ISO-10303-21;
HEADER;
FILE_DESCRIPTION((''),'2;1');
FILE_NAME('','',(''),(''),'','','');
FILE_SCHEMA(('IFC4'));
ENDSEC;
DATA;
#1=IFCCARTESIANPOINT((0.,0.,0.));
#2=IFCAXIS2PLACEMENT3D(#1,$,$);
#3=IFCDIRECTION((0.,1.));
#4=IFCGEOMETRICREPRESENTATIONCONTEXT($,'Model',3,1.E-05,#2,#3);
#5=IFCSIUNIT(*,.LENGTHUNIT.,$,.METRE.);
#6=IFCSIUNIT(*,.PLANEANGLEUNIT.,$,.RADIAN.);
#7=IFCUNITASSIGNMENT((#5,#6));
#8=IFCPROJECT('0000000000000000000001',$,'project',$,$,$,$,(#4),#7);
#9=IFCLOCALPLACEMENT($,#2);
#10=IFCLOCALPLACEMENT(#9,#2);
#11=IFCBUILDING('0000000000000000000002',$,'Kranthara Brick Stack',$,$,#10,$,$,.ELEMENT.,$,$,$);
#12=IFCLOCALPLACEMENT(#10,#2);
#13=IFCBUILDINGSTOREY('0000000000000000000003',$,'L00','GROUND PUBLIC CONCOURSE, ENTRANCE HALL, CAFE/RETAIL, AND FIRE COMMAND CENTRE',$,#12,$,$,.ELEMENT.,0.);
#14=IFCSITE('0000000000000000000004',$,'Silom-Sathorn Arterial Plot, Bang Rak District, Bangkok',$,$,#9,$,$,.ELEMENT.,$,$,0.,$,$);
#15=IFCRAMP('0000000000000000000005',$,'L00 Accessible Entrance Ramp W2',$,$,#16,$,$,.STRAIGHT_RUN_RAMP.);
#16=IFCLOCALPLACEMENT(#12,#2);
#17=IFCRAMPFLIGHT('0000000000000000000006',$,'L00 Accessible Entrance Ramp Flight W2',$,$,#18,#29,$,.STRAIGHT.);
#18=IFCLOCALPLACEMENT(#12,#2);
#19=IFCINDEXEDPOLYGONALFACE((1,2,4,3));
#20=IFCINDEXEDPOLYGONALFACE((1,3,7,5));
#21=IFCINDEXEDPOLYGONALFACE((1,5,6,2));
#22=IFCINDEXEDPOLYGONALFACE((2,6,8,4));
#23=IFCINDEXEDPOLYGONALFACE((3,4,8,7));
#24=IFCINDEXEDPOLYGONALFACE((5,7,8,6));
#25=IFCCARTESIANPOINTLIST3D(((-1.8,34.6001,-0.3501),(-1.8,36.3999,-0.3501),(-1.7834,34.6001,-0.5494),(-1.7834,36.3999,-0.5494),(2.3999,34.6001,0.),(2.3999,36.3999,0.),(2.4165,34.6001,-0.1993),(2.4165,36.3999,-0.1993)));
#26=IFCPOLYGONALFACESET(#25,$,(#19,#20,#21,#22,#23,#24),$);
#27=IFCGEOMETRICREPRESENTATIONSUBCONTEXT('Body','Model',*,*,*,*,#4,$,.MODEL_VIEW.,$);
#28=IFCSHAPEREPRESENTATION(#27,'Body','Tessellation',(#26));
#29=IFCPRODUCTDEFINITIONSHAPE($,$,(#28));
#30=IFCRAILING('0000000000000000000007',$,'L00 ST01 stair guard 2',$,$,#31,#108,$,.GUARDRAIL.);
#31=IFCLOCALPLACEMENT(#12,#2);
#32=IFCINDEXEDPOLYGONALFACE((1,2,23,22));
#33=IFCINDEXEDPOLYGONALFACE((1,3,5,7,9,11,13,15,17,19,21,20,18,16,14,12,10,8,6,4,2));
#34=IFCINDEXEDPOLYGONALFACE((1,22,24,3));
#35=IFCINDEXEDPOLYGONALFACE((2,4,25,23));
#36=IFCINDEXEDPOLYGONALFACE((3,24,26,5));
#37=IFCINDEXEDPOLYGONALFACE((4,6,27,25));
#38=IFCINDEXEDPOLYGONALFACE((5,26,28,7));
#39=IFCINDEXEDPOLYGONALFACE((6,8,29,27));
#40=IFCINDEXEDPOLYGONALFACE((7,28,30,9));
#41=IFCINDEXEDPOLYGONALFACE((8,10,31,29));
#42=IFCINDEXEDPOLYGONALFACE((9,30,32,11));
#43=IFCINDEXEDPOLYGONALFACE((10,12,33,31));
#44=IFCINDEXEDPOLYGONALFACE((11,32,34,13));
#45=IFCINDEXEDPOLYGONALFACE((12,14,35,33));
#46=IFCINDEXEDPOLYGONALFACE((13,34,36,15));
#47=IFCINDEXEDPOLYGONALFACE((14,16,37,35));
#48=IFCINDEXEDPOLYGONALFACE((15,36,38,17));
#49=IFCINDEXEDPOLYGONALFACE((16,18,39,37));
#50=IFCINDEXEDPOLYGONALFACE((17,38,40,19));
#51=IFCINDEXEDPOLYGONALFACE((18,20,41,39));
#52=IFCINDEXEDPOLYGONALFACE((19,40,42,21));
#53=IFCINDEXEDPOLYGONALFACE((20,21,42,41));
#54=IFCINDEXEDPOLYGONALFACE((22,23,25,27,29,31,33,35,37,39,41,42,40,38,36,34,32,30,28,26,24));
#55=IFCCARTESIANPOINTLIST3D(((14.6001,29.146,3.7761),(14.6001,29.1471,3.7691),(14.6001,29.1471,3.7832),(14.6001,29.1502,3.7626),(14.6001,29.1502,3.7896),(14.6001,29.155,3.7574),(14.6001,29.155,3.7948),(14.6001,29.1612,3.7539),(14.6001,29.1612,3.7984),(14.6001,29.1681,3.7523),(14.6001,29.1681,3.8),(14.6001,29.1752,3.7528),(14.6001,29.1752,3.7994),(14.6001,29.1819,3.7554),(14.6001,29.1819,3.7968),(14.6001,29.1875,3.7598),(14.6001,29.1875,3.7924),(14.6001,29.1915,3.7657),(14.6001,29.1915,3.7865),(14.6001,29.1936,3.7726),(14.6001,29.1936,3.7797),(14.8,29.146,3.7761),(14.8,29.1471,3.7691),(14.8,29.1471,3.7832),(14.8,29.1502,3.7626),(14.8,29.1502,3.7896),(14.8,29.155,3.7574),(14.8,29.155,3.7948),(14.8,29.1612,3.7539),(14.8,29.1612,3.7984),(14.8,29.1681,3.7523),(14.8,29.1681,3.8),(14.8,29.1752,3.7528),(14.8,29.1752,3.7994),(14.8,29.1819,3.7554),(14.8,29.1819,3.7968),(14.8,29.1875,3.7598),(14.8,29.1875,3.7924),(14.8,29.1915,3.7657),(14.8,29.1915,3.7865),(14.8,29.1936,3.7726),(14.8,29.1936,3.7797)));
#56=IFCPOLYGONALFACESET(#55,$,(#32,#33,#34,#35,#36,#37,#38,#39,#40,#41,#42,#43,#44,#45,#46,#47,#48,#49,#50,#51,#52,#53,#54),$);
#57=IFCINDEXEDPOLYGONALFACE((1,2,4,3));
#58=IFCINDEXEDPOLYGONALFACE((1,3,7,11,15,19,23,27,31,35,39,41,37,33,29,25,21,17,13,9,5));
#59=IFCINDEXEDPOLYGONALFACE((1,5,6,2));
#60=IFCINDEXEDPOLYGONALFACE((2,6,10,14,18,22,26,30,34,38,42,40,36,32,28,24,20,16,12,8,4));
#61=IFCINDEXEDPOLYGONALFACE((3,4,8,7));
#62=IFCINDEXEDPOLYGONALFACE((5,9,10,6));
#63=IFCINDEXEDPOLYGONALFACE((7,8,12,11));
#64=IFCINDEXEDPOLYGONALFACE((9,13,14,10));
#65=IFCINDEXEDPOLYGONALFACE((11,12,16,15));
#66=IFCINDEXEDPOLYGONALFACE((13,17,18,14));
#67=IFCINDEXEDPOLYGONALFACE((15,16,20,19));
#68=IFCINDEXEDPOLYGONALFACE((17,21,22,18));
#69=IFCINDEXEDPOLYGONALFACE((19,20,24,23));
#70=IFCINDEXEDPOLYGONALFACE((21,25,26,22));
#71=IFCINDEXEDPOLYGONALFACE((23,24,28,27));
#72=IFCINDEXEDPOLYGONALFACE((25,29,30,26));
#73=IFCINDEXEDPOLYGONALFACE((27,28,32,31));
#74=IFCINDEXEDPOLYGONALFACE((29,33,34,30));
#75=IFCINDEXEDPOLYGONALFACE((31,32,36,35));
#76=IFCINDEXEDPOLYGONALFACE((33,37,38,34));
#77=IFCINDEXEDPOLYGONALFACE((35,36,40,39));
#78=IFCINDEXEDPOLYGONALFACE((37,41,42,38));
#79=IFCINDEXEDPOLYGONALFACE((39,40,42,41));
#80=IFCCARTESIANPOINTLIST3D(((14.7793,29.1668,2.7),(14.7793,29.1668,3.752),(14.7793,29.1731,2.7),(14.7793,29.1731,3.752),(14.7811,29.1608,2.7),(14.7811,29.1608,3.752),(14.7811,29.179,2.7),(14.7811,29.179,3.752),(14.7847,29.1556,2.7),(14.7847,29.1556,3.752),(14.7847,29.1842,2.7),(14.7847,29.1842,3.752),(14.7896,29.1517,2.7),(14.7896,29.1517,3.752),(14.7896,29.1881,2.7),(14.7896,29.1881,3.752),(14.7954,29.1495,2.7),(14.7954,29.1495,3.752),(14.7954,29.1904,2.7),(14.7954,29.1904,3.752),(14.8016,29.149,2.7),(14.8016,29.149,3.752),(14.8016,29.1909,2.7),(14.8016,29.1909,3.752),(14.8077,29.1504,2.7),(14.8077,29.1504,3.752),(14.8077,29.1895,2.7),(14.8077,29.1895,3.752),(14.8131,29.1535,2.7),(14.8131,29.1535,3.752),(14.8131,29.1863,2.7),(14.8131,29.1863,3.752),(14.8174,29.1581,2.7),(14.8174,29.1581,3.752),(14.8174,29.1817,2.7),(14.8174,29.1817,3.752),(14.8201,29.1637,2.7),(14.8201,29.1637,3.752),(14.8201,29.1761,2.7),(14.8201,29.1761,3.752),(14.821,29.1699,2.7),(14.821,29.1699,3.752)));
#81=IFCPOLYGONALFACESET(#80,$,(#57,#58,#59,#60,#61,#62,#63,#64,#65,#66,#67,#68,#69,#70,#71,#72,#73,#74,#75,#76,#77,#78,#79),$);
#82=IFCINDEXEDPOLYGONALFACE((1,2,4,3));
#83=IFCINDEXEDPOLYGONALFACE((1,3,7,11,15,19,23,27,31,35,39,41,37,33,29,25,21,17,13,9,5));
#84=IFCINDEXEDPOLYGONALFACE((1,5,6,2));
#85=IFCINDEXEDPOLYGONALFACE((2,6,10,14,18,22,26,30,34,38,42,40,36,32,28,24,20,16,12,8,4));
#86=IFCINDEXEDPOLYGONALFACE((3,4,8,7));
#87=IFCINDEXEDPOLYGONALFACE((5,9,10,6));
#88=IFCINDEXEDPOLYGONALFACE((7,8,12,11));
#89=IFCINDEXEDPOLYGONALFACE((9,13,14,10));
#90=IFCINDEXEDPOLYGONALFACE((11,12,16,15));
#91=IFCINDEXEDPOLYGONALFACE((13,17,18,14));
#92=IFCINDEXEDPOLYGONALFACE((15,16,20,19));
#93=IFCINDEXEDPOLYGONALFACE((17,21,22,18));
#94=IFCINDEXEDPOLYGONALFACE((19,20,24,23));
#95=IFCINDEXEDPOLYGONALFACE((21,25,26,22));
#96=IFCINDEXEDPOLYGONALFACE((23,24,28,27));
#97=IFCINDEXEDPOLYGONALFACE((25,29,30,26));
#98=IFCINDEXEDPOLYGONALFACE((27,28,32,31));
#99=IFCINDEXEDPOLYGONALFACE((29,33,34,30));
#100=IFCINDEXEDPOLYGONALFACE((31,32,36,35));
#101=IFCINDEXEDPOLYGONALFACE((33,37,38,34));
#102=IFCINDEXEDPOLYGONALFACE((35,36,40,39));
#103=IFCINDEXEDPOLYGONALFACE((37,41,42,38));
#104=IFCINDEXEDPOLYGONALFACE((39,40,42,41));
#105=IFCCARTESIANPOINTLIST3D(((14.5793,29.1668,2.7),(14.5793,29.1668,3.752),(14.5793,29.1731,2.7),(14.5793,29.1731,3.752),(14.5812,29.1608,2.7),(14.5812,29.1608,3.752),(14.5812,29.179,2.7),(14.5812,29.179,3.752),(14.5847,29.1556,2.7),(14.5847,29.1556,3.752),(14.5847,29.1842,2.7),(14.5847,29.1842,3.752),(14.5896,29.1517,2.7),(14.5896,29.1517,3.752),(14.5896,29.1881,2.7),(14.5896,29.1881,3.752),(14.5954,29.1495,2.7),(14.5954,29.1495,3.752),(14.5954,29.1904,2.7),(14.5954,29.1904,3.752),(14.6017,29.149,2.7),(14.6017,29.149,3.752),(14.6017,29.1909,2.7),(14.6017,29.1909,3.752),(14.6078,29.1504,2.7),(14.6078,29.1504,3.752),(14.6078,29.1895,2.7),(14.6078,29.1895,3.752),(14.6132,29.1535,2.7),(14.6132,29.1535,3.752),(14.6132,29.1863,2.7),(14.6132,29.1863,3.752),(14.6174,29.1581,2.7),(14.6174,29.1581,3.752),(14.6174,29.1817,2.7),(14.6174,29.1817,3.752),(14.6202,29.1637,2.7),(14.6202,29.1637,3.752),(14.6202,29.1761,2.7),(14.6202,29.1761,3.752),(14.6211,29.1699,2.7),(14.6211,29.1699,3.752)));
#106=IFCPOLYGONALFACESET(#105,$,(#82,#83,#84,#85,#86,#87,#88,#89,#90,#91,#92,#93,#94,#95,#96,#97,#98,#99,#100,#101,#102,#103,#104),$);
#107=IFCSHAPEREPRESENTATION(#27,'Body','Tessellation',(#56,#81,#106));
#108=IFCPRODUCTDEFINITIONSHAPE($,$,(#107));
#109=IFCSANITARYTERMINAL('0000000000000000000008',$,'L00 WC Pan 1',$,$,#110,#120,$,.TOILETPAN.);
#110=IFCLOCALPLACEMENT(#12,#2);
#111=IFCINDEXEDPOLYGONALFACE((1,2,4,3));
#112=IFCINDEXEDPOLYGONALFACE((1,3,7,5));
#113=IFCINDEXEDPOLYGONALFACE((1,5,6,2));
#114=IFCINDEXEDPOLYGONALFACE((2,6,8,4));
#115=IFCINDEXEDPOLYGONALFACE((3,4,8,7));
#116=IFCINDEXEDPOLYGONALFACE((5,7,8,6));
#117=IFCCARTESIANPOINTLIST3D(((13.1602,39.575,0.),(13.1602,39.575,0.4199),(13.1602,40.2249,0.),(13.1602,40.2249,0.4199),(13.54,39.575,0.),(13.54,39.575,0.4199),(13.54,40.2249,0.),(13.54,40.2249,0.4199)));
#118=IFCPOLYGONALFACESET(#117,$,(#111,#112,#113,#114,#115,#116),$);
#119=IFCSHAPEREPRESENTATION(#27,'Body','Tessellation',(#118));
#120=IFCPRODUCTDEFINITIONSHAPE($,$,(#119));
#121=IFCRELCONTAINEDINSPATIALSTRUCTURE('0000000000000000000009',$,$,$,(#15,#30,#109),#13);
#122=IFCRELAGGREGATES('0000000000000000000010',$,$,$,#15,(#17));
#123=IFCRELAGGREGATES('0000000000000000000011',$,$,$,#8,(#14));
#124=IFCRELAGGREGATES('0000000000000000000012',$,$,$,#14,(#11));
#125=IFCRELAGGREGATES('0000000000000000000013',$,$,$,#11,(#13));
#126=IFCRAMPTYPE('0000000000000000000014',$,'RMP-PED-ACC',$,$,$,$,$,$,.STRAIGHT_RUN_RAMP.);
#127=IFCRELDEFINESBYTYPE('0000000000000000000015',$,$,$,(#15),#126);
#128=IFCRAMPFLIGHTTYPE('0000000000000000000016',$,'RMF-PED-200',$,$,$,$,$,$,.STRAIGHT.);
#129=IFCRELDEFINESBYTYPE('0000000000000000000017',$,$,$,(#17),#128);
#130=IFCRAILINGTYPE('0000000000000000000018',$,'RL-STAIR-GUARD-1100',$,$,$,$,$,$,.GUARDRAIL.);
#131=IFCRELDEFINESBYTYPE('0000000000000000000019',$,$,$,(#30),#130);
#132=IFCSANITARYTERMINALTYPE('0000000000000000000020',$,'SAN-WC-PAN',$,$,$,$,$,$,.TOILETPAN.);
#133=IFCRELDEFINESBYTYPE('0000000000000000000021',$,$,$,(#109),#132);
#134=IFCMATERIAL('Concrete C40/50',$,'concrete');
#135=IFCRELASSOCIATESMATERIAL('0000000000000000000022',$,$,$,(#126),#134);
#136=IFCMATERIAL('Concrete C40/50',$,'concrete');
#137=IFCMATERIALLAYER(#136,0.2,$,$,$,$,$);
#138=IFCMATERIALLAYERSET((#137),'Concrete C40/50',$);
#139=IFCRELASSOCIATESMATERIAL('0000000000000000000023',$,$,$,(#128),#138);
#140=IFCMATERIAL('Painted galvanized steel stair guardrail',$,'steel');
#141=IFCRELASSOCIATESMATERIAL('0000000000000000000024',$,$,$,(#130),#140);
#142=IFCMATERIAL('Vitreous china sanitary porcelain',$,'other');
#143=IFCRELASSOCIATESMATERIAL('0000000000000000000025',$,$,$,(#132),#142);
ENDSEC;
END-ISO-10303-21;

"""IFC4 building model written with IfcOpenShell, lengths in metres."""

from ifc_helpers import new_model, si_unit, direction, frame, origin, origin_2d, place, context, subcontext, project, spatial, polyline, rectangle, circle, outline, extrude, material, layer, layer_set, type_object, element, aggregate, save


model = new_model("IFC4")

# Units and contexts
model_context = context("Model", 3, precision=1e-05, world=origin(), true_north=direction((0.0, 1.0)))
body_context = subcontext(model_context, "Body", "Model", "MODEL_VIEW")
ifc_project = project(units=[si_unit("LENGTHUNIT", "METRE"), si_unit("PLANEANGLEUNIT", "RADIAN")], contexts=[model_context])

# Site, building, storey
site_placement = place(None, origin())
site = spatial("IfcSite", under=ifc_project, at=site_placement, Name="Silom-Sathorn Arterial Plot, Bang Rak District, Bangkok", CompositionType="ELEMENT", RefElevation=0.0)
building_placement = place(site_placement, origin())
building = spatial("IfcBuilding", under=site, at=building_placement, Name="Kranthara Brick Stack", CompositionType="ELEMENT")
storey_placement = place(building_placement, origin())
storey = spatial("IfcBuildingStorey", under=building, at=storey_placement, Name="L00", Description="GROUND PUBLIC CONCOURSE, ENTRANCE HALL, CAFE/RETAIL, AND FIRE COMMAND CENTRE", CompositionType="ELEMENT", Elevation=0.0)

# Ramp, ramp flight
ifc_material_1 = material(Name="Concrete C40/50", Category="concrete")
ramp_type = type_object("IfcRampType", Name="RMP-PED-ACC", PredefinedType="STRAIGHT_RUN_RAMP", material=ifc_material_1)
ramp_placement = place(storey_placement, origin())
ramp = element("IfcRamp", 1, at=ramp_placement, inside=storey, type_object=ramp_type, Name="L00 Accessible Entrance Ramp W2", PredefinedType="STRAIGHT_RUN_RAMP")
ifc_material_2 = material(Name="Concrete C40/50", Category="concrete")
ifc_layer_1 = layer(ifc_material_2, 0.2)
ifc_layer_set_1 = layer_set([ifc_layer_1], Name="Concrete C40/50")
ramp_flight_type = type_object("IfcRampFlightType", Name="RMF-PED-200", PredefinedType="STRAIGHT", material=ifc_layer_set_1)
ramp_flight_placement = place(storey_placement, frame((-1.8, 34.6001, -0.3501), z_axis=(-0.083069, 0.0, 0.996544), x_axis=(0.996544, 0.0, 0.083069)))
ramp_flight = element("IfcRampFlight", 2, at=ramp_flight_placement, type_object=ramp_flight_type, Name="L00 Accessible Entrance Ramp Flight W2", PredefinedType="STRAIGHT", context=body_context, shape_type="SweptSolid", body=[
    extrude(outline(polyline([(0.0, 0.0), (4.2145, 0.0), (4.2145, 1.7998), (0.0, 1.7998), (0.0, 0.0)])), origin(), (0.0, 0.0, -1.0), 0.2),
])
aggregate(ramp, [ramp_flight])

# Railing
ifc_material_3 = material(Name="Painted galvanized steel stair guardrail", Category="steel")
railing_type = type_object("IfcRailingType", Name="RL-STAIR-GUARD-1100", PredefinedType="GUARDRAIL", material=ifc_material_3)
railing_placement = place(storey_placement, frame((14.8, 29.1699, 2.7)))
element("IfcRailing", 3, at=railing_placement, inside=storey, type_object=railing_type, Name="L00 ST01 stair guard 2", PredefinedType="GUARDRAIL", context=body_context, shape_type="SweptSolid", body=[
    extrude(circle(Radius=0.0239, at=origin_2d()), frame((0.0, 0.0, 1.0762), z_axis=(-1.0, 0.0, 0.0), x_axis=(0.0, -1.0, 0.0)), (0.0, 0.0, 1.0), 0.2),
    extrude(circle(Radius=0.021, at=origin_2d()), origin(), (0.0, 0.0, 1.0), 1.052),
    extrude(circle(Radius=0.021, at=origin_2d()), frame((-0.2, 0.0, 0.0)), (0.0, 0.0, 1.0), 1.052),
])

# Sanitary terminal
ifc_material_4 = material(Name="Vitreous china sanitary porcelain", Category="other")
sanitary_terminal_type = type_object("IfcSanitaryTerminalType", Name="SAN-WC-PAN", PredefinedType="TOILETPAN", material=ifc_material_4)
sanitary_terminal_placement = place(storey_placement, frame((13.3501, 39.8999, 0.0), z_axis=(0.0, 0.0, 1.0), x_axis=(1.0, 0.0, 0.0)))
element("IfcSanitaryTerminal", 4, at=sanitary_terminal_placement, inside=storey, type_object=sanitary_terminal_type, Name="L00 WC Pan 1", PredefinedType="TOILETPAN", context=body_context, shape_type="SweptSolid", body=[
    extrude(rectangle(XDim=0.3799, YDim=0.6499, at=origin_2d()), origin(), (0.0, 0.0, 1.0), 0.4199),
])

save(model, "model.ifc")
